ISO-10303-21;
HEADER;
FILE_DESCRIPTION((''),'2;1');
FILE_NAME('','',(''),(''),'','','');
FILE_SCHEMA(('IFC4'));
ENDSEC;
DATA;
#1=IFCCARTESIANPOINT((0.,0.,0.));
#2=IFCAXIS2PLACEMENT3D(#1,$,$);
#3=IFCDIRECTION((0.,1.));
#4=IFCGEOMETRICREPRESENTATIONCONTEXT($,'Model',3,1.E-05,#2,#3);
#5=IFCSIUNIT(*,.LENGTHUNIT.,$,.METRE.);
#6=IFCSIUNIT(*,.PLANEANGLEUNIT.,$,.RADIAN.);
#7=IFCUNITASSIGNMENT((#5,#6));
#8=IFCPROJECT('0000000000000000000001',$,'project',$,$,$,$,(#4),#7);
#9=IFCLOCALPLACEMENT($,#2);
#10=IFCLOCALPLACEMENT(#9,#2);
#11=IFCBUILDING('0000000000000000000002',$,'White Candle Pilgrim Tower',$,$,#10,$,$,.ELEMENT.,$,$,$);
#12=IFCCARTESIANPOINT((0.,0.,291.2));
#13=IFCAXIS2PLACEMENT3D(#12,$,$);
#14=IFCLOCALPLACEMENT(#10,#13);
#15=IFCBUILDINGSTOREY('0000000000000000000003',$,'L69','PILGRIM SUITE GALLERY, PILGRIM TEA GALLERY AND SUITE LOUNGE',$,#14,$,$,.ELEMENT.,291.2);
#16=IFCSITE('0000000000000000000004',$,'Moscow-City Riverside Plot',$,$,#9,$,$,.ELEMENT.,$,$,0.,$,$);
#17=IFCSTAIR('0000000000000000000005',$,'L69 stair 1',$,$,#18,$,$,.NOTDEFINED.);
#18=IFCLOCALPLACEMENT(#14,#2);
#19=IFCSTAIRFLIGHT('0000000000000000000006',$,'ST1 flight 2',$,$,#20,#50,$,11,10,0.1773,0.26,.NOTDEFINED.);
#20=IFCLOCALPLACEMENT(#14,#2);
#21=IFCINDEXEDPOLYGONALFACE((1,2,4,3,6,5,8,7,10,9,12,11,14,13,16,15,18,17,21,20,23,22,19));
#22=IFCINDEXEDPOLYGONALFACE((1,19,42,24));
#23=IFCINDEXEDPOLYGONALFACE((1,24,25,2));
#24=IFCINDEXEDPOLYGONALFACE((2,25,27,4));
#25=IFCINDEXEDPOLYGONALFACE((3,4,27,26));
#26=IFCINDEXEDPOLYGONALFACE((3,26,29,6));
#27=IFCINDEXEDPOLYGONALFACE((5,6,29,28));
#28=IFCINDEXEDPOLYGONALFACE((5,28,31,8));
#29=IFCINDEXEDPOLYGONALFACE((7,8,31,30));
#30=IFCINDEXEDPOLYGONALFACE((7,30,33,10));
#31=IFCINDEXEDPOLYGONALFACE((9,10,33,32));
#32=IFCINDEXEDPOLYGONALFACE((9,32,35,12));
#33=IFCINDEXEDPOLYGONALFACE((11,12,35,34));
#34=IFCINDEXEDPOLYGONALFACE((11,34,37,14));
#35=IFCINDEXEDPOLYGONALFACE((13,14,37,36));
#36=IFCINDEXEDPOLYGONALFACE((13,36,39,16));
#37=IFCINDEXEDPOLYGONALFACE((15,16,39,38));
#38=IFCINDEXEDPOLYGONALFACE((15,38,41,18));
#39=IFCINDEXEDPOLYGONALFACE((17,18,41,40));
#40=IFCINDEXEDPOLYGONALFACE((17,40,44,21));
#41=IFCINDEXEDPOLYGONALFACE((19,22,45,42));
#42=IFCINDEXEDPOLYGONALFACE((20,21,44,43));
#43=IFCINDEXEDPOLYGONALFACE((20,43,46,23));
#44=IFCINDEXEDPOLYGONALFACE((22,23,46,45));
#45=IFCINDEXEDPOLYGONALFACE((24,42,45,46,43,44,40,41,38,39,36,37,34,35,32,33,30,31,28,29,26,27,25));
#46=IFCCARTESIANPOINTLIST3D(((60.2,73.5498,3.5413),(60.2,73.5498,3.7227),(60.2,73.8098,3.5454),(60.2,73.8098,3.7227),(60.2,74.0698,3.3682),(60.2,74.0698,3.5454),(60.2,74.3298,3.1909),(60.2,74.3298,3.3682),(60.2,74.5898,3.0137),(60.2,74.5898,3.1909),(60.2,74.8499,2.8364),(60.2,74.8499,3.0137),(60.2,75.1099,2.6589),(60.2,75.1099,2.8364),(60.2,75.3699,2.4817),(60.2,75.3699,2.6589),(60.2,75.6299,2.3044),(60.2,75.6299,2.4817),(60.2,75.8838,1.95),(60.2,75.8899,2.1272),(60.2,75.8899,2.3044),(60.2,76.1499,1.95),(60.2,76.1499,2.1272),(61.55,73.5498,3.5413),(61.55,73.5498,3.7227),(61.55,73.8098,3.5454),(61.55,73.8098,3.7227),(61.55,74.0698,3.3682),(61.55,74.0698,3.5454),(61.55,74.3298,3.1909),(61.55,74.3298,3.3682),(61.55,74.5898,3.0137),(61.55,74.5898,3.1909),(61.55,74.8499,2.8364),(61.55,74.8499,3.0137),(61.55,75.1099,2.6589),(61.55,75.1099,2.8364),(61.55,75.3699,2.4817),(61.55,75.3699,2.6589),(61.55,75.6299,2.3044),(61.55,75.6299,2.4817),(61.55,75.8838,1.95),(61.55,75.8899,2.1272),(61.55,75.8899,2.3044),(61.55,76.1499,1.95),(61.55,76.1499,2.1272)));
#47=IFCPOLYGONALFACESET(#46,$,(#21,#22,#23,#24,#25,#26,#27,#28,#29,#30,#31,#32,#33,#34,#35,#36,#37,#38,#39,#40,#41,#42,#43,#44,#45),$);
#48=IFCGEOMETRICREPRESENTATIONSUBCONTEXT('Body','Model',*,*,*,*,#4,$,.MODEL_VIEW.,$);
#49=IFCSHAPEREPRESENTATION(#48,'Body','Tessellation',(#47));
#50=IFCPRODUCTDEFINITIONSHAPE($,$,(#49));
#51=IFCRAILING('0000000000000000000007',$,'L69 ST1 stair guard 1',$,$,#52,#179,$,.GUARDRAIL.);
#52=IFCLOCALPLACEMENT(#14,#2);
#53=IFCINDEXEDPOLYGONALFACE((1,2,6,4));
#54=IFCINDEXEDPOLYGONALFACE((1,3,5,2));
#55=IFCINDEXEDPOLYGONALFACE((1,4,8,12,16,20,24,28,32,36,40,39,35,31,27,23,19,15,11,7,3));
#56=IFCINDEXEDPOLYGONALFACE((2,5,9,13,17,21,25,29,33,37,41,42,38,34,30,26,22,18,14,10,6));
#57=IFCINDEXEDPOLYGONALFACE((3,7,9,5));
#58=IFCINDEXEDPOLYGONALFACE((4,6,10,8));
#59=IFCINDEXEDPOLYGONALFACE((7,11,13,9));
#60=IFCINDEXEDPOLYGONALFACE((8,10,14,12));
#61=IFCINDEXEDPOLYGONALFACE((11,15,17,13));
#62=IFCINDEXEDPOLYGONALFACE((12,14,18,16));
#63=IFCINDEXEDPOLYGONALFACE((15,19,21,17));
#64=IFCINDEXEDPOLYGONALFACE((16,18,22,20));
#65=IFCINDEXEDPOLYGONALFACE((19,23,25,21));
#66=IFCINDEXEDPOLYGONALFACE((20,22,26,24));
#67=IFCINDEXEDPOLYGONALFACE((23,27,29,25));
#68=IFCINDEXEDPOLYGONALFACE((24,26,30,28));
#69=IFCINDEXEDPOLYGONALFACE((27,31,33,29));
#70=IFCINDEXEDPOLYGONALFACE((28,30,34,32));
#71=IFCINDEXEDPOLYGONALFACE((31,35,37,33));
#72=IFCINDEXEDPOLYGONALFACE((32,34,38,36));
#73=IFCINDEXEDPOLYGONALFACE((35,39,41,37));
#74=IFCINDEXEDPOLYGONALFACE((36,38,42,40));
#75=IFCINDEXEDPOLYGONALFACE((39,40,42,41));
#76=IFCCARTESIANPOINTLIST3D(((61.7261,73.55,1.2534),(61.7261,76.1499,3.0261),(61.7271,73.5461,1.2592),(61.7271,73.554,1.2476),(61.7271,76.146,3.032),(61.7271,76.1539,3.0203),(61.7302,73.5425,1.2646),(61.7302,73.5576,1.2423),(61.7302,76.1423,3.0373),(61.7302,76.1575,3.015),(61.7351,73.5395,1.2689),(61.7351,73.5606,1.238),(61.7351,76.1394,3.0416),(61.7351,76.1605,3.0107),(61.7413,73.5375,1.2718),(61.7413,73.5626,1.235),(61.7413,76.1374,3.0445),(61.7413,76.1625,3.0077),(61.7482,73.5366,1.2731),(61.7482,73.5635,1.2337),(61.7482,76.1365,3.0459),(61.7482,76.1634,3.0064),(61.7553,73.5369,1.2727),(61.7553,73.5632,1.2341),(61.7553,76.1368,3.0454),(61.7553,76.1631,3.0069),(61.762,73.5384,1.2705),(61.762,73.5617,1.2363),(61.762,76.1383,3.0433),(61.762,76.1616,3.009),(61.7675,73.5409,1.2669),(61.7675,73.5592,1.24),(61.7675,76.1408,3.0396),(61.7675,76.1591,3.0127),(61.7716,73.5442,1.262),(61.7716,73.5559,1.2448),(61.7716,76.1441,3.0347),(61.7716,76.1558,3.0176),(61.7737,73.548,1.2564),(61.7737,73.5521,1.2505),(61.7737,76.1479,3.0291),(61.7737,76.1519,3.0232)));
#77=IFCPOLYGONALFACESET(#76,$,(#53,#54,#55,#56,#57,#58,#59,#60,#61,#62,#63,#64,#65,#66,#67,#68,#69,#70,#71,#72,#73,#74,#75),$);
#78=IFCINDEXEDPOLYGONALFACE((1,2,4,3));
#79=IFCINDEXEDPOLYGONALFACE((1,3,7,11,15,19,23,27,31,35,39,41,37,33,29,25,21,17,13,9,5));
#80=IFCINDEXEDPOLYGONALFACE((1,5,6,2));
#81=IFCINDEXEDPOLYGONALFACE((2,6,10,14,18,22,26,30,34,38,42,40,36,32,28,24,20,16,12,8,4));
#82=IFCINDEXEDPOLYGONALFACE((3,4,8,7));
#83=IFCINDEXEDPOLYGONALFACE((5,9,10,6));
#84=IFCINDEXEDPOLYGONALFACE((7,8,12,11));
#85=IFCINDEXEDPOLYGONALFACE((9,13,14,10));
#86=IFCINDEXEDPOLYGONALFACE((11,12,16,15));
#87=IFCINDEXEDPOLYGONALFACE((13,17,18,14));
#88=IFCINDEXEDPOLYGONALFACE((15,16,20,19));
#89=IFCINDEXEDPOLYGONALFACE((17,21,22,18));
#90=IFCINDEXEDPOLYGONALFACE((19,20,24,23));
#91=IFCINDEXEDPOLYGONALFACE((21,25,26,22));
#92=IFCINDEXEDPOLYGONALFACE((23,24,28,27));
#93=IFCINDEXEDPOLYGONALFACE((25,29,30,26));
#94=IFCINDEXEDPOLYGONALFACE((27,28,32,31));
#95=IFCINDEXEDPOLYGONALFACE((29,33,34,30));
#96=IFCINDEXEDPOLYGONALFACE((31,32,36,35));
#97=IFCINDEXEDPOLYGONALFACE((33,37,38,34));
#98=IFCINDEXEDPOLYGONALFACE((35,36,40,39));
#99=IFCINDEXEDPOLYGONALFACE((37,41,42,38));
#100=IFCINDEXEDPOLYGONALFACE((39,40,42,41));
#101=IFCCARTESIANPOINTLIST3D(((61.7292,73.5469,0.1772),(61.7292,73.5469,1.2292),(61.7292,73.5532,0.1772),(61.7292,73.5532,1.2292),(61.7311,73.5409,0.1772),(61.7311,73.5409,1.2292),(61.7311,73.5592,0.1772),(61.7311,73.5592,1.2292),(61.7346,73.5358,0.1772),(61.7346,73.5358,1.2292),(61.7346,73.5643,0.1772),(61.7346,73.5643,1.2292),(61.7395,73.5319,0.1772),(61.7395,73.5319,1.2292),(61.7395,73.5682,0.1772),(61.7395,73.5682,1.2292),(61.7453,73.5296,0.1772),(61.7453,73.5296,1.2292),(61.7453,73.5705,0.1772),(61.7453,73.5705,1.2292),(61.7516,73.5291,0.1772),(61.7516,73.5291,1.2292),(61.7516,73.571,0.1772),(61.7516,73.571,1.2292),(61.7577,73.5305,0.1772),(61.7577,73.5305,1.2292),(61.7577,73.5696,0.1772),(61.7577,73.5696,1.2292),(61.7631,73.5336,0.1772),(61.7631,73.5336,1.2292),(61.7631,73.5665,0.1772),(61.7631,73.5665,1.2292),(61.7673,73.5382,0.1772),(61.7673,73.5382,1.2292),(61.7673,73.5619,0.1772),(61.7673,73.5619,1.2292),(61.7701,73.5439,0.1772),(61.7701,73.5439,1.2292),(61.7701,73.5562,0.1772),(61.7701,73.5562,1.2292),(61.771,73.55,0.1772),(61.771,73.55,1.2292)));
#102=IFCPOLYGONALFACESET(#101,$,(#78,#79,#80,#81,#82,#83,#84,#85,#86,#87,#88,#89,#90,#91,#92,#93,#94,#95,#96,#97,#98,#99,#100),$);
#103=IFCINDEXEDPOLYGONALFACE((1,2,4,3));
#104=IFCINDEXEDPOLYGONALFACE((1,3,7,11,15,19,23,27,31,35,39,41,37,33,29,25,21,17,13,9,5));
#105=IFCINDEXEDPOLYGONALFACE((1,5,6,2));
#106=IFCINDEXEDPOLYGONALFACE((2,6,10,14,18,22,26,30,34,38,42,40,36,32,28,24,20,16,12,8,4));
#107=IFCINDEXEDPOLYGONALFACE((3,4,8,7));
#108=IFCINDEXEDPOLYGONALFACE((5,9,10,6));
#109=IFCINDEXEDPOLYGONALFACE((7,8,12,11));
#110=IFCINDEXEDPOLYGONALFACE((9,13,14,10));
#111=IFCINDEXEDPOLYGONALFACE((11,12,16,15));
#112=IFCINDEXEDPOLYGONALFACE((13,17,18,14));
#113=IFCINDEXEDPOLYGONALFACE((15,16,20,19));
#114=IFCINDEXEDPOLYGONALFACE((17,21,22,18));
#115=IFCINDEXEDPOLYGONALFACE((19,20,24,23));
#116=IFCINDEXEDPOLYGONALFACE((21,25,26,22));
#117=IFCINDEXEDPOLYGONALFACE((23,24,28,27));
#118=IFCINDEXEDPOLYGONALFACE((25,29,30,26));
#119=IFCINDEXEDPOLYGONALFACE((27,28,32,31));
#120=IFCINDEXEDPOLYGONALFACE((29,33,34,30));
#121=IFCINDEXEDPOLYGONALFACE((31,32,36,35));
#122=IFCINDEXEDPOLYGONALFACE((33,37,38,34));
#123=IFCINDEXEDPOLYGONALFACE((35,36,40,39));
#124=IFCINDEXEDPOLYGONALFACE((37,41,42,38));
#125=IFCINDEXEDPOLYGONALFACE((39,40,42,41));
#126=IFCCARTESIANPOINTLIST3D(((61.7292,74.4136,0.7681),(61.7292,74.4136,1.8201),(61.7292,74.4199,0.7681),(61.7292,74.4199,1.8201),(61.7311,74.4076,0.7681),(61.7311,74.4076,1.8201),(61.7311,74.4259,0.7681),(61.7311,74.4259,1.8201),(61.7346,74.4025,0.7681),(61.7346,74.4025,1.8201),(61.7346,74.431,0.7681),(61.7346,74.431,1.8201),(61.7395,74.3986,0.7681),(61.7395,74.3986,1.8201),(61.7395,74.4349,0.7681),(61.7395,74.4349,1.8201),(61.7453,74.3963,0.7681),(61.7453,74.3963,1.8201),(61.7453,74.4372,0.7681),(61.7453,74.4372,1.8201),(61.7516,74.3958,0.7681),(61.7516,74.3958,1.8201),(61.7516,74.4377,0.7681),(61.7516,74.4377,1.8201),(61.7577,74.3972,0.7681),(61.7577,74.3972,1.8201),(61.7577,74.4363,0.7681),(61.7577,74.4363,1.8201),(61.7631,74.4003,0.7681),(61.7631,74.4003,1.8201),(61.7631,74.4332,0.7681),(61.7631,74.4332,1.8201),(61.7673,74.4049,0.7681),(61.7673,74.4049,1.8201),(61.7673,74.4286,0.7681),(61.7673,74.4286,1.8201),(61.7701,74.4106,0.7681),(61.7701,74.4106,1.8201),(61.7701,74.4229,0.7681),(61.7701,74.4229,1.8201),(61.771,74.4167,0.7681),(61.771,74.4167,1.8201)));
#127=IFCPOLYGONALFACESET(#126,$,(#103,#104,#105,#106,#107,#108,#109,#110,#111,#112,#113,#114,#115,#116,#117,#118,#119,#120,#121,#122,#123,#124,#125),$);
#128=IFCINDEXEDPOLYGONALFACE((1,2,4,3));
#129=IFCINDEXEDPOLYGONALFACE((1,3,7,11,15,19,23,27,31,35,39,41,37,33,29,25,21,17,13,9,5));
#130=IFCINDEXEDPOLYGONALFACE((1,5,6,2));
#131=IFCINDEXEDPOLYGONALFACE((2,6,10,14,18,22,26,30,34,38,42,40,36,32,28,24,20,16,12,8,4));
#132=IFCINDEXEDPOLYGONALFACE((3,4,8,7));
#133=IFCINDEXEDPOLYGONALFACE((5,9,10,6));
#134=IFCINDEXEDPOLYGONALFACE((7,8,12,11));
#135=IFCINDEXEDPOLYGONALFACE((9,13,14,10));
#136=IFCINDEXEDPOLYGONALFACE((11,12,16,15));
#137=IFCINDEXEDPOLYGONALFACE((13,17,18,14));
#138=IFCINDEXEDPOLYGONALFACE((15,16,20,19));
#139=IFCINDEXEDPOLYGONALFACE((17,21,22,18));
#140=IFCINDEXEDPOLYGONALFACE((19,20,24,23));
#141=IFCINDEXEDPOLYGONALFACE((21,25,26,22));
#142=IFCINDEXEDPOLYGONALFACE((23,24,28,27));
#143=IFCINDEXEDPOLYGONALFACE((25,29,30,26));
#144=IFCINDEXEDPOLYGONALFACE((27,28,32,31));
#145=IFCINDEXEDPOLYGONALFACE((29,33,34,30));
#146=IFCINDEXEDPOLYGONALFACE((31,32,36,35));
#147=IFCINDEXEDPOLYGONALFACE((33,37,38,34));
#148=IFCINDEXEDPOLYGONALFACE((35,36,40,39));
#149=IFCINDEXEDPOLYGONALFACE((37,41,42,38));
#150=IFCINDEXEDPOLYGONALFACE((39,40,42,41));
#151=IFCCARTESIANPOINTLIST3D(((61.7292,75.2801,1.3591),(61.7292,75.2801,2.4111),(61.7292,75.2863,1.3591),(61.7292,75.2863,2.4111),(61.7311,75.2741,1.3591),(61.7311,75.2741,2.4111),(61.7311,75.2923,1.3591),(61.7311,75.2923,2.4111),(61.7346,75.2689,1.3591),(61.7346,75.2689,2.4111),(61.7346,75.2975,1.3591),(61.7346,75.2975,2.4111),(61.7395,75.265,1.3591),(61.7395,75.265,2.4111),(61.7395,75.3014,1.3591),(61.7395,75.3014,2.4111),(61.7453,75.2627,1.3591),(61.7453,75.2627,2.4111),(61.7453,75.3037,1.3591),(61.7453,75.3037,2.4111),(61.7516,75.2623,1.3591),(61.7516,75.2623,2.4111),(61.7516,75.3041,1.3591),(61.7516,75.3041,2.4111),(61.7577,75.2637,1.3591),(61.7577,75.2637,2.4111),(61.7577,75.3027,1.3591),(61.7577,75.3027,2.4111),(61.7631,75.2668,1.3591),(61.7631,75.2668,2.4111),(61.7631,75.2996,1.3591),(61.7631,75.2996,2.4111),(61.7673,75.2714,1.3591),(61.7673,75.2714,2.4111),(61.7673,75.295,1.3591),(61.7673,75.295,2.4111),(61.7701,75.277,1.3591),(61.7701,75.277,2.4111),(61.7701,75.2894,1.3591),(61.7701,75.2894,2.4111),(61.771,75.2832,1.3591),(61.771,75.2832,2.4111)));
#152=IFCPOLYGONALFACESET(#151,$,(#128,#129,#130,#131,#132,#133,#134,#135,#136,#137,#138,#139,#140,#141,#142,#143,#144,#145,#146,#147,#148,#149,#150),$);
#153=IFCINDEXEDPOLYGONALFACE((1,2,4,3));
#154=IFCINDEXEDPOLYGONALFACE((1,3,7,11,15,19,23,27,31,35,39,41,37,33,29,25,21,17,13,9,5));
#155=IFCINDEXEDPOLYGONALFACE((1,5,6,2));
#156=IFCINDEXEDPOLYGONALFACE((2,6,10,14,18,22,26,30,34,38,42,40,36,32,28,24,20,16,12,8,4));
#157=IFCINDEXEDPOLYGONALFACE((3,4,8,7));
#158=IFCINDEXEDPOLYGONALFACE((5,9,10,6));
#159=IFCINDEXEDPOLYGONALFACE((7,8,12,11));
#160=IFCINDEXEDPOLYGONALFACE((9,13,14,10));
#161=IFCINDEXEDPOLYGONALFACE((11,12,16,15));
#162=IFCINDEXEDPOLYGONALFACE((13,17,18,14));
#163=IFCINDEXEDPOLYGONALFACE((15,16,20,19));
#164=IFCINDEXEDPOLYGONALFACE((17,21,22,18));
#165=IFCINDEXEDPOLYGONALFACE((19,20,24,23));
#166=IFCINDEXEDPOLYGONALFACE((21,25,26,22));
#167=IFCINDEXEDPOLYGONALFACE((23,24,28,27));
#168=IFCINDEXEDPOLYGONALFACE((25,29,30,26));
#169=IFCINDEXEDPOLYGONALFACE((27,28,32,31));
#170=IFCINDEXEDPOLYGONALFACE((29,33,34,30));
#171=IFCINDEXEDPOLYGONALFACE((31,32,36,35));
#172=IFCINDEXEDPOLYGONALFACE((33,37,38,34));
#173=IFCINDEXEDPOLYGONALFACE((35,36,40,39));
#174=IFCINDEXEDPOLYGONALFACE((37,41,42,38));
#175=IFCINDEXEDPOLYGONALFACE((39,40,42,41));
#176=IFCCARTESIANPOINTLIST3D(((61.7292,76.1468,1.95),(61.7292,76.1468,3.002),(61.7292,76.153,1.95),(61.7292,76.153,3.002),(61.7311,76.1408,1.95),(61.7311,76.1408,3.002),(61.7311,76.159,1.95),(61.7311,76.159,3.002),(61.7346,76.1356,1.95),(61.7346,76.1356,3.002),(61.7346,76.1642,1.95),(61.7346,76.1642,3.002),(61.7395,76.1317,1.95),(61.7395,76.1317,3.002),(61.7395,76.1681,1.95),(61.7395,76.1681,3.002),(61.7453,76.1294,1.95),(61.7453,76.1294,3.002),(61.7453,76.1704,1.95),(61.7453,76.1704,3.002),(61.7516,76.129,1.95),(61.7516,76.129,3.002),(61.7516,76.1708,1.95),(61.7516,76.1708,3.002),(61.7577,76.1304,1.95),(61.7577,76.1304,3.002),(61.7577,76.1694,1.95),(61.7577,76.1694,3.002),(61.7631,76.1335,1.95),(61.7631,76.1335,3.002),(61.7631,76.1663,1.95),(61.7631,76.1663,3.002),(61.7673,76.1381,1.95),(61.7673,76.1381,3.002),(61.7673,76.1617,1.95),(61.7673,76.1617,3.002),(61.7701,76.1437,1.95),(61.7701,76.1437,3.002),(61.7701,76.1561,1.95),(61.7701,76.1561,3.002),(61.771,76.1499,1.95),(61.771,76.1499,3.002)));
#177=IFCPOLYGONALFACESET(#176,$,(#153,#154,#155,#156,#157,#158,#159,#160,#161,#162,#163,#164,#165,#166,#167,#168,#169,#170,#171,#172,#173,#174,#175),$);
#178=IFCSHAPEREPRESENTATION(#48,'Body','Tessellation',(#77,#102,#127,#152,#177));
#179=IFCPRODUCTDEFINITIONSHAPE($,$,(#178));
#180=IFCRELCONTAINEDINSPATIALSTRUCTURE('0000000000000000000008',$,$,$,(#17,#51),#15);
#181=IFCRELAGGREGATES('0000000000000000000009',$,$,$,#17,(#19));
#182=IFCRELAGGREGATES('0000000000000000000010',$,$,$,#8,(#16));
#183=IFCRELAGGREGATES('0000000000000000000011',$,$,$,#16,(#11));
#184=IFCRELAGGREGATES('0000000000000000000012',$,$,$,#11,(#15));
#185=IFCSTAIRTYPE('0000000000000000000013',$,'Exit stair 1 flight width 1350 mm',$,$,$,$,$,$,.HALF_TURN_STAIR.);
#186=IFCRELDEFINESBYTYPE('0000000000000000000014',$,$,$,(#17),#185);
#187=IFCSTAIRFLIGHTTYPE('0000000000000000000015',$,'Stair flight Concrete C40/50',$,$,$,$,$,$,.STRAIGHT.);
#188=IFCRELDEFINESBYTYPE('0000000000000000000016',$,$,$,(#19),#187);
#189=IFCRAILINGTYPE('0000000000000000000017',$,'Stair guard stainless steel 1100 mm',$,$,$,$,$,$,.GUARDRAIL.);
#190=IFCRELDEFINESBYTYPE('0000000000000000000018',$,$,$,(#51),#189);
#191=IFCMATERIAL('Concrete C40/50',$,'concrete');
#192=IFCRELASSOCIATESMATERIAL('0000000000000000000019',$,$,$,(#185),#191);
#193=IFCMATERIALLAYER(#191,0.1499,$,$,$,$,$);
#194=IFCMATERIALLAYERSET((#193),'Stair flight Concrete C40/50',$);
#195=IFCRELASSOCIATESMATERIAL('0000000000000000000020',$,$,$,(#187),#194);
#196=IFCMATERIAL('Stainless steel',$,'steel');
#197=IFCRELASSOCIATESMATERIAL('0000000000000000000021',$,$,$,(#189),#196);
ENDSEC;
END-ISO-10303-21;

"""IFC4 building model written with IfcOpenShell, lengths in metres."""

from ifc_helpers import new_model, si_unit, direction, frame, origin, origin_2d, place, context, subcontext, project, spatial, polyline, circle, outline, extrude, material, layer, layer_set, type_object, element, aggregate, save


model = new_model("IFC4")

# Units and contexts
model_context = context("Model", 3, precision=1e-05, world=origin(), true_north=direction((0.0, 1.0)))
body_context = subcontext(model_context, "Body", "Model", "MODEL_VIEW")
ifc_project = project(units=[si_unit("LENGTHUNIT", "METRE"), si_unit("PLANEANGLEUNIT", "RADIAN")], contexts=[model_context])

# Site, building, storey
site_placement = place(None, origin())
site = spatial("IfcSite", under=ifc_project, at=site_placement, Name="Moscow-City Riverside Plot", CompositionType="ELEMENT", RefElevation=0.0)
building_placement = place(site_placement, origin())
building = spatial("IfcBuilding", under=site, at=building_placement, Name="White Candle Pilgrim Tower", CompositionType="ELEMENT")
storey_placement = place(building_placement, frame((0.0, 0.0, 291.2)))
storey = spatial("IfcBuildingStorey", under=building, at=storey_placement, Name="L69", Description="PILGRIM SUITE GALLERY, PILGRIM TEA GALLERY AND SUITE LOUNGE", CompositionType="ELEMENT", Elevation=291.2)

# Stair, stair flight
ifc_material_1 = material(Name="Concrete C40/50", Category="concrete")
stair_type = type_object("IfcStairType", Name="Exit stair 1 flight width 1350 mm", PredefinedType="HALF_TURN_STAIR", material=ifc_material_1)
stair_placement = place(storey_placement, origin())
stair = element("IfcStair", 1, at=stair_placement, inside=storey, type_object=stair_type, Name="L69 stair 1", PredefinedType="NOTDEFINED")
ifc_layer_1 = layer(ifc_material_1, 0.1499)
ifc_layer_set_1 = layer_set([ifc_layer_1], Name="Stair flight Concrete C40/50")
stair_flight_type = type_object("IfcStairFlightType", Name="Stair flight Concrete C40/50", PredefinedType="STRAIGHT", material=ifc_layer_set_1)
stair_flight_1_placement = place(storey_placement, frame((60.875, 76.1499, 1.95), z_axis=(0.0, 0.0, 1.0), x_axis=(0.0, -1.0, 0.0)))
stair_flight_1 = element("IfcStairFlight", 2, at=stair_flight_1_placement, type_object=stair_flight_type, Name="ST1 flight 2", NumberOfRisers=11, NumberOfTreads=10, PredefinedType="NOTDEFINED", RiserHeight=0.1773, TreadLength=0.26, context=body_context, shape_type="SweptSolid", body=[
    extrude(outline(polyline([(0.0, 0.0), (0.0, 0.1772), (0.26, 0.1772), (0.26, 0.3545), (0.52, 0.3545), (0.52, 0.5317), (0.78, 0.5317), (0.78, 0.709), (1.04, 0.709), (1.04, 0.8865), (1.3, 0.8865), (1.3, 1.0637), (1.5601, 1.0637), (1.5601, 1.241), (1.8201, 1.241), (1.8201, 1.4182), (2.0801, 1.4182), (2.0801, 1.5955), (2.3401, 1.5955), (2.3401, 1.7727), (2.6001, 1.7727), (2.6001, 1.95), (2.6001, 1.5913), (0.2661, 0.0), (0.0, 0.0)])), frame((0.0, 0.675, 0.0), z_axis=(0.0, -1.0, 0.0), x_axis=(1.0, 0.0, 0.0)), (0.0, 0.0, 1.0), 1.3501),
])
aggregate(stair, [stair_flight_1])

# Railing
ifc_material_2 = material(Name="Stainless steel", Category="steel")
railing_type_1 = type_object("IfcRailingType", Name="Stair guard stainless steel 1100 mm", PredefinedType="GUARDRAIL", material=ifc_material_2)
railing_1_placement = place(storey_placement, frame((61.75, 73.55, 0.1772)))
element("IfcRailing", 3, at=railing_1_placement, inside=storey, type_object=railing_type_1, Name="L69 ST1 stair guard 1", PredefinedType="GUARDRAIL", context=body_context, shape_type="SweptSolid", body=[
    extrude(circle(Radius=0.0239, at=origin_2d()), frame((0.0, 0.0, 1.0762), z_axis=(0.0, 0.826216, 0.563354), x_axis=(-1.0, 0.0, 0.0)), (0.0, 0.0, 1.0), 3.1467),
    extrude(circle(Radius=0.021, at=origin_2d()), origin(), (0.0, 0.0, 1.0), 1.052),
    extrude(circle(Radius=0.021, at=origin_2d()), frame((0.0, 0.8667, 0.5908)), (0.0, 0.0, 1.0), 1.052),
    extrude(circle(Radius=0.021, at=origin_2d()), frame((0.0, 1.7332, 1.1819)), (0.0, 0.0, 1.0), 1.052),
    extrude(circle(Radius=0.021, at=origin_2d()), frame((0.0, 2.5999, 1.7727)), (0.0, 0.0, 1.0), 1.052),
])

save(model, "model.ifc")
